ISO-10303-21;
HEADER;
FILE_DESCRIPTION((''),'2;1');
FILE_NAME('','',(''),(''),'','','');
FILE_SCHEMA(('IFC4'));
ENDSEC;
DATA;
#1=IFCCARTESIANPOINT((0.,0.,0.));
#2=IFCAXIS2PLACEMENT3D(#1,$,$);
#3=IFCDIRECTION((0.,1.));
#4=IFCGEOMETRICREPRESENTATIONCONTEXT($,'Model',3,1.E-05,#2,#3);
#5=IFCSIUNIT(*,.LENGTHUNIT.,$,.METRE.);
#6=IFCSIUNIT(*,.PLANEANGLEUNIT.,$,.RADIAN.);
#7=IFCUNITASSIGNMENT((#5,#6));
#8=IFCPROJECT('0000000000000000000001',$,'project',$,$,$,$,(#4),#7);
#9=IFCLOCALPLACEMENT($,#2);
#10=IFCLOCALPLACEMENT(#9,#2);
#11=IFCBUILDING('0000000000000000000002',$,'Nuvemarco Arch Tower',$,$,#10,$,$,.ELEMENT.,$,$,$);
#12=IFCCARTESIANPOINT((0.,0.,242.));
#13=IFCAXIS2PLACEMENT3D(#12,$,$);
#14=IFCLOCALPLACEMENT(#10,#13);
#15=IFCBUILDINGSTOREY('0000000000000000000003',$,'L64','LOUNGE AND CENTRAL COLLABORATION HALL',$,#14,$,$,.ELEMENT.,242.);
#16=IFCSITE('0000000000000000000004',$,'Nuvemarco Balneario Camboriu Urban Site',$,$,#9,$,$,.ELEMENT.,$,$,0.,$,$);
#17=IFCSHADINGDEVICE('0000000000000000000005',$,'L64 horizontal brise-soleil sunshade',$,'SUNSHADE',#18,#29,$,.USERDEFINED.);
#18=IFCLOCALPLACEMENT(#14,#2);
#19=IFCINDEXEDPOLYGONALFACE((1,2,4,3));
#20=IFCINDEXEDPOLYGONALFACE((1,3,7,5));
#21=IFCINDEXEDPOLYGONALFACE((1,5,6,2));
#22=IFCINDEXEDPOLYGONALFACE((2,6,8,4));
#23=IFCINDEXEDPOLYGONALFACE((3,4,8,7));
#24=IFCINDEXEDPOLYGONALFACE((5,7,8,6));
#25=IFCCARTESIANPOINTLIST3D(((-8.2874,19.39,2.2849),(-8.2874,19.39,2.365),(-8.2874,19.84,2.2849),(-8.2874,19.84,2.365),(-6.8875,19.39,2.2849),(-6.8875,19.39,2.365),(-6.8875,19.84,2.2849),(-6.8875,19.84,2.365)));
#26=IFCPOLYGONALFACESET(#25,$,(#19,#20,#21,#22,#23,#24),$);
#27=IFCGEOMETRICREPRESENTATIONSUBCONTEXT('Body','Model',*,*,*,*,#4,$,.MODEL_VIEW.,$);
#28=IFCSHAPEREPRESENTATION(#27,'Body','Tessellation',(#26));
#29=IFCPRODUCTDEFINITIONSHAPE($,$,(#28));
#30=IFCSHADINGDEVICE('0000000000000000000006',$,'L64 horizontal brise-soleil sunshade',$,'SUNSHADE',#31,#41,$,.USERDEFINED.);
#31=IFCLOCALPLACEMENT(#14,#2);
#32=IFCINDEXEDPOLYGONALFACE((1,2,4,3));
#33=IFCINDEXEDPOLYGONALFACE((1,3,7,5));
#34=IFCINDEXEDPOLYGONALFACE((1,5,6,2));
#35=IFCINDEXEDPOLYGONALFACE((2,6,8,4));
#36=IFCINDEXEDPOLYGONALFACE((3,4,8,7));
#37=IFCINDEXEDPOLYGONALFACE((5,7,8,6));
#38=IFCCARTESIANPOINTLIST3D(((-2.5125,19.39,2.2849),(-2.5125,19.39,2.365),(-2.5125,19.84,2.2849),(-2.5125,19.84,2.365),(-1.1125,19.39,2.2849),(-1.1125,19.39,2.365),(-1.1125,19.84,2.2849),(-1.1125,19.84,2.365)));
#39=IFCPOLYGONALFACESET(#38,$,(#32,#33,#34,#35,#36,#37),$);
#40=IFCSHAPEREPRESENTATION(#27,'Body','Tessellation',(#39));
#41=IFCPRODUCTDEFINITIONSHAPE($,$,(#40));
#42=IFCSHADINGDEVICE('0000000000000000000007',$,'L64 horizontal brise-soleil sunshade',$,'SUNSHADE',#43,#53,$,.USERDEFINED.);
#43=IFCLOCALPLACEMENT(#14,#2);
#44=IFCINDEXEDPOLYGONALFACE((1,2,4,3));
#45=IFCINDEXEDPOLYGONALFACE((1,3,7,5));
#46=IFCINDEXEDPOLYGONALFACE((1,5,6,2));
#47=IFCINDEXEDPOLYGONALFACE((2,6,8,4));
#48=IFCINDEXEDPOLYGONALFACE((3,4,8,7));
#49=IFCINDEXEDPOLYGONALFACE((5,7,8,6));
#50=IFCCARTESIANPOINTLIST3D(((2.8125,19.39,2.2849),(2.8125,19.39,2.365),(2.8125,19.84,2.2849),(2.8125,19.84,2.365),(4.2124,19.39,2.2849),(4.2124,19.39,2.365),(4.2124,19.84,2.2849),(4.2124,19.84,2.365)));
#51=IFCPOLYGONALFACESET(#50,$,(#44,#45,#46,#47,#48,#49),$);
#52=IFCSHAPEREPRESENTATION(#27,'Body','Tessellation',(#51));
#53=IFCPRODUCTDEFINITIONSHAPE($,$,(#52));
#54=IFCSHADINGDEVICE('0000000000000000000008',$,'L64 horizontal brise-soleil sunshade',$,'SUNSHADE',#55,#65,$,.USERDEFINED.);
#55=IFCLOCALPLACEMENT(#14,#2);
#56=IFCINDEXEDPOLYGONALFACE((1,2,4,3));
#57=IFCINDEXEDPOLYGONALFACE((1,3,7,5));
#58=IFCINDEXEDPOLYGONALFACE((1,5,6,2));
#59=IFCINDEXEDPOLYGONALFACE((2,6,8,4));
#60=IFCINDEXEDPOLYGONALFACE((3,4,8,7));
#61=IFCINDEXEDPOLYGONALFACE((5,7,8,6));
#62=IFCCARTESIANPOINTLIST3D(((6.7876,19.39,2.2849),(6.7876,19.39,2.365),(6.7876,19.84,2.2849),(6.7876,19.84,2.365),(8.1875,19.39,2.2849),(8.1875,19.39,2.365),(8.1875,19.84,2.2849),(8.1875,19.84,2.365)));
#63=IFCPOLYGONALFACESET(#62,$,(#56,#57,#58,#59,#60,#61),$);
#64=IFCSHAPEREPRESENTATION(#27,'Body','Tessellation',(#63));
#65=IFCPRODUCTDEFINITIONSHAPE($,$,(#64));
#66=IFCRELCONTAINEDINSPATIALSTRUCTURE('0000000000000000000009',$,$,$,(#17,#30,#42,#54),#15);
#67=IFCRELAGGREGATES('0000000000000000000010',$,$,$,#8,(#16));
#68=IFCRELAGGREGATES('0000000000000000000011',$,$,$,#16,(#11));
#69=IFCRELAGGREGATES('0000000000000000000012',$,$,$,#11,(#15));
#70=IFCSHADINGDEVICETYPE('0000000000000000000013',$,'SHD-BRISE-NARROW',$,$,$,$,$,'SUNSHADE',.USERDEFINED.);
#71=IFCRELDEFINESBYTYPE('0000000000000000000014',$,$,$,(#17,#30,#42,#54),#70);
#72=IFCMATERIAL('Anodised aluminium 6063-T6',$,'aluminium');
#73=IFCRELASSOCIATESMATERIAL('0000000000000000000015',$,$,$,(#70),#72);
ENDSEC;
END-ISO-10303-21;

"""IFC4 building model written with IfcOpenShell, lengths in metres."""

from ifc_helpers import new_model, si_unit, direction, frame, origin, origin_2d, place, context, subcontext, project, spatial, rectangle, extrude, source, transform, mapped, material, type_object, type_shapes, element, save


model = new_model("IFC4")

# Units and contexts
model_context = context("Model", 3, precision=1e-05, world=origin(), true_north=direction((0.0, 1.0)))
body_context = subcontext(model_context, "Body", "Model", "MODEL_VIEW")
ifc_project = project(units=[si_unit("LENGTHUNIT", "METRE"), si_unit("PLANEANGLEUNIT", "RADIAN")], contexts=[model_context])

# Site, building, storey
site_placement = place(None, origin())
site = spatial("IfcSite", under=ifc_project, at=site_placement, Name="Nuvemarco Balneario Camboriu Urban Site", CompositionType="ELEMENT", RefElevation=0.0)
building_placement = place(site_placement, origin())
building = spatial("IfcBuilding", under=site, at=building_placement, Name="Nuvemarco Arch Tower", CompositionType="ELEMENT")
storey_placement = place(building_placement, frame((0.0, 0.0, 242.0)))
storey = spatial("IfcBuildingStorey", under=building, at=storey_placement, Name="L64", Description="LOUNGE AND CENTRAL COLLABORATION HALL", CompositionType="ELEMENT", Elevation=242.0)

# Shading devices
ifc_material_1 = material(Name="Anodised aluminium 6063-T6", Category="aluminium")
shading_device_type = type_object("IfcShadingDeviceType", Name="SHD-BRISE-NARROW", ElementType="SUNSHADE", PredefinedType="USERDEFINED", material=ifc_material_1)
shared_shape_1 = source(origin(), body_context, "Body", "SweptSolid", [
    extrude(rectangle(XDim=1.3999, YDim=0.45, at=origin_2d()), origin(), (0.0, 0.0, 1.0), 0.0801),
])
type_shapes(shading_device_type, [shared_shape_1])
for number, where, z_axis, x_axis, name in (
    (1, (-7.5874, 19.615, 2.2849), (0.0, 0.0, 1.0), (1.0, 0.0, 0.0), "L64 horizontal brise-soleil sunshade"),
    (2, (-1.8125, 19.615, 2.2849), (0.0, 0.0, 1.0), (1.0, 0.0, 0.0), "L64 horizontal brise-soleil sunshade"),
    (3, (3.5125, 19.615, 2.2849), (0.0, 0.0, 1.0), (1.0, 0.0, 0.0), "L64 horizontal brise-soleil sunshade"),
    (4, (7.4875, 19.615, 2.2849), (0.0, 0.0, 1.0), (1.0, 0.0, 0.0), "L64 horizontal brise-soleil sunshade"),
):
    element("IfcShadingDevice", number, at=place(storey_placement, frame(where, z_axis=z_axis, x_axis=x_axis)), inside=storey, type_object=shading_device_type, Name=name, ObjectType="SUNSHADE", PredefinedType="USERDEFINED", context=body_context, shape_type="MappedRepresentation", body=[
        mapped(shared_shape_1, transform((0.0, 0.0, 0.0), scale=1.0)),
    ])

save(model, "model.ifc")
